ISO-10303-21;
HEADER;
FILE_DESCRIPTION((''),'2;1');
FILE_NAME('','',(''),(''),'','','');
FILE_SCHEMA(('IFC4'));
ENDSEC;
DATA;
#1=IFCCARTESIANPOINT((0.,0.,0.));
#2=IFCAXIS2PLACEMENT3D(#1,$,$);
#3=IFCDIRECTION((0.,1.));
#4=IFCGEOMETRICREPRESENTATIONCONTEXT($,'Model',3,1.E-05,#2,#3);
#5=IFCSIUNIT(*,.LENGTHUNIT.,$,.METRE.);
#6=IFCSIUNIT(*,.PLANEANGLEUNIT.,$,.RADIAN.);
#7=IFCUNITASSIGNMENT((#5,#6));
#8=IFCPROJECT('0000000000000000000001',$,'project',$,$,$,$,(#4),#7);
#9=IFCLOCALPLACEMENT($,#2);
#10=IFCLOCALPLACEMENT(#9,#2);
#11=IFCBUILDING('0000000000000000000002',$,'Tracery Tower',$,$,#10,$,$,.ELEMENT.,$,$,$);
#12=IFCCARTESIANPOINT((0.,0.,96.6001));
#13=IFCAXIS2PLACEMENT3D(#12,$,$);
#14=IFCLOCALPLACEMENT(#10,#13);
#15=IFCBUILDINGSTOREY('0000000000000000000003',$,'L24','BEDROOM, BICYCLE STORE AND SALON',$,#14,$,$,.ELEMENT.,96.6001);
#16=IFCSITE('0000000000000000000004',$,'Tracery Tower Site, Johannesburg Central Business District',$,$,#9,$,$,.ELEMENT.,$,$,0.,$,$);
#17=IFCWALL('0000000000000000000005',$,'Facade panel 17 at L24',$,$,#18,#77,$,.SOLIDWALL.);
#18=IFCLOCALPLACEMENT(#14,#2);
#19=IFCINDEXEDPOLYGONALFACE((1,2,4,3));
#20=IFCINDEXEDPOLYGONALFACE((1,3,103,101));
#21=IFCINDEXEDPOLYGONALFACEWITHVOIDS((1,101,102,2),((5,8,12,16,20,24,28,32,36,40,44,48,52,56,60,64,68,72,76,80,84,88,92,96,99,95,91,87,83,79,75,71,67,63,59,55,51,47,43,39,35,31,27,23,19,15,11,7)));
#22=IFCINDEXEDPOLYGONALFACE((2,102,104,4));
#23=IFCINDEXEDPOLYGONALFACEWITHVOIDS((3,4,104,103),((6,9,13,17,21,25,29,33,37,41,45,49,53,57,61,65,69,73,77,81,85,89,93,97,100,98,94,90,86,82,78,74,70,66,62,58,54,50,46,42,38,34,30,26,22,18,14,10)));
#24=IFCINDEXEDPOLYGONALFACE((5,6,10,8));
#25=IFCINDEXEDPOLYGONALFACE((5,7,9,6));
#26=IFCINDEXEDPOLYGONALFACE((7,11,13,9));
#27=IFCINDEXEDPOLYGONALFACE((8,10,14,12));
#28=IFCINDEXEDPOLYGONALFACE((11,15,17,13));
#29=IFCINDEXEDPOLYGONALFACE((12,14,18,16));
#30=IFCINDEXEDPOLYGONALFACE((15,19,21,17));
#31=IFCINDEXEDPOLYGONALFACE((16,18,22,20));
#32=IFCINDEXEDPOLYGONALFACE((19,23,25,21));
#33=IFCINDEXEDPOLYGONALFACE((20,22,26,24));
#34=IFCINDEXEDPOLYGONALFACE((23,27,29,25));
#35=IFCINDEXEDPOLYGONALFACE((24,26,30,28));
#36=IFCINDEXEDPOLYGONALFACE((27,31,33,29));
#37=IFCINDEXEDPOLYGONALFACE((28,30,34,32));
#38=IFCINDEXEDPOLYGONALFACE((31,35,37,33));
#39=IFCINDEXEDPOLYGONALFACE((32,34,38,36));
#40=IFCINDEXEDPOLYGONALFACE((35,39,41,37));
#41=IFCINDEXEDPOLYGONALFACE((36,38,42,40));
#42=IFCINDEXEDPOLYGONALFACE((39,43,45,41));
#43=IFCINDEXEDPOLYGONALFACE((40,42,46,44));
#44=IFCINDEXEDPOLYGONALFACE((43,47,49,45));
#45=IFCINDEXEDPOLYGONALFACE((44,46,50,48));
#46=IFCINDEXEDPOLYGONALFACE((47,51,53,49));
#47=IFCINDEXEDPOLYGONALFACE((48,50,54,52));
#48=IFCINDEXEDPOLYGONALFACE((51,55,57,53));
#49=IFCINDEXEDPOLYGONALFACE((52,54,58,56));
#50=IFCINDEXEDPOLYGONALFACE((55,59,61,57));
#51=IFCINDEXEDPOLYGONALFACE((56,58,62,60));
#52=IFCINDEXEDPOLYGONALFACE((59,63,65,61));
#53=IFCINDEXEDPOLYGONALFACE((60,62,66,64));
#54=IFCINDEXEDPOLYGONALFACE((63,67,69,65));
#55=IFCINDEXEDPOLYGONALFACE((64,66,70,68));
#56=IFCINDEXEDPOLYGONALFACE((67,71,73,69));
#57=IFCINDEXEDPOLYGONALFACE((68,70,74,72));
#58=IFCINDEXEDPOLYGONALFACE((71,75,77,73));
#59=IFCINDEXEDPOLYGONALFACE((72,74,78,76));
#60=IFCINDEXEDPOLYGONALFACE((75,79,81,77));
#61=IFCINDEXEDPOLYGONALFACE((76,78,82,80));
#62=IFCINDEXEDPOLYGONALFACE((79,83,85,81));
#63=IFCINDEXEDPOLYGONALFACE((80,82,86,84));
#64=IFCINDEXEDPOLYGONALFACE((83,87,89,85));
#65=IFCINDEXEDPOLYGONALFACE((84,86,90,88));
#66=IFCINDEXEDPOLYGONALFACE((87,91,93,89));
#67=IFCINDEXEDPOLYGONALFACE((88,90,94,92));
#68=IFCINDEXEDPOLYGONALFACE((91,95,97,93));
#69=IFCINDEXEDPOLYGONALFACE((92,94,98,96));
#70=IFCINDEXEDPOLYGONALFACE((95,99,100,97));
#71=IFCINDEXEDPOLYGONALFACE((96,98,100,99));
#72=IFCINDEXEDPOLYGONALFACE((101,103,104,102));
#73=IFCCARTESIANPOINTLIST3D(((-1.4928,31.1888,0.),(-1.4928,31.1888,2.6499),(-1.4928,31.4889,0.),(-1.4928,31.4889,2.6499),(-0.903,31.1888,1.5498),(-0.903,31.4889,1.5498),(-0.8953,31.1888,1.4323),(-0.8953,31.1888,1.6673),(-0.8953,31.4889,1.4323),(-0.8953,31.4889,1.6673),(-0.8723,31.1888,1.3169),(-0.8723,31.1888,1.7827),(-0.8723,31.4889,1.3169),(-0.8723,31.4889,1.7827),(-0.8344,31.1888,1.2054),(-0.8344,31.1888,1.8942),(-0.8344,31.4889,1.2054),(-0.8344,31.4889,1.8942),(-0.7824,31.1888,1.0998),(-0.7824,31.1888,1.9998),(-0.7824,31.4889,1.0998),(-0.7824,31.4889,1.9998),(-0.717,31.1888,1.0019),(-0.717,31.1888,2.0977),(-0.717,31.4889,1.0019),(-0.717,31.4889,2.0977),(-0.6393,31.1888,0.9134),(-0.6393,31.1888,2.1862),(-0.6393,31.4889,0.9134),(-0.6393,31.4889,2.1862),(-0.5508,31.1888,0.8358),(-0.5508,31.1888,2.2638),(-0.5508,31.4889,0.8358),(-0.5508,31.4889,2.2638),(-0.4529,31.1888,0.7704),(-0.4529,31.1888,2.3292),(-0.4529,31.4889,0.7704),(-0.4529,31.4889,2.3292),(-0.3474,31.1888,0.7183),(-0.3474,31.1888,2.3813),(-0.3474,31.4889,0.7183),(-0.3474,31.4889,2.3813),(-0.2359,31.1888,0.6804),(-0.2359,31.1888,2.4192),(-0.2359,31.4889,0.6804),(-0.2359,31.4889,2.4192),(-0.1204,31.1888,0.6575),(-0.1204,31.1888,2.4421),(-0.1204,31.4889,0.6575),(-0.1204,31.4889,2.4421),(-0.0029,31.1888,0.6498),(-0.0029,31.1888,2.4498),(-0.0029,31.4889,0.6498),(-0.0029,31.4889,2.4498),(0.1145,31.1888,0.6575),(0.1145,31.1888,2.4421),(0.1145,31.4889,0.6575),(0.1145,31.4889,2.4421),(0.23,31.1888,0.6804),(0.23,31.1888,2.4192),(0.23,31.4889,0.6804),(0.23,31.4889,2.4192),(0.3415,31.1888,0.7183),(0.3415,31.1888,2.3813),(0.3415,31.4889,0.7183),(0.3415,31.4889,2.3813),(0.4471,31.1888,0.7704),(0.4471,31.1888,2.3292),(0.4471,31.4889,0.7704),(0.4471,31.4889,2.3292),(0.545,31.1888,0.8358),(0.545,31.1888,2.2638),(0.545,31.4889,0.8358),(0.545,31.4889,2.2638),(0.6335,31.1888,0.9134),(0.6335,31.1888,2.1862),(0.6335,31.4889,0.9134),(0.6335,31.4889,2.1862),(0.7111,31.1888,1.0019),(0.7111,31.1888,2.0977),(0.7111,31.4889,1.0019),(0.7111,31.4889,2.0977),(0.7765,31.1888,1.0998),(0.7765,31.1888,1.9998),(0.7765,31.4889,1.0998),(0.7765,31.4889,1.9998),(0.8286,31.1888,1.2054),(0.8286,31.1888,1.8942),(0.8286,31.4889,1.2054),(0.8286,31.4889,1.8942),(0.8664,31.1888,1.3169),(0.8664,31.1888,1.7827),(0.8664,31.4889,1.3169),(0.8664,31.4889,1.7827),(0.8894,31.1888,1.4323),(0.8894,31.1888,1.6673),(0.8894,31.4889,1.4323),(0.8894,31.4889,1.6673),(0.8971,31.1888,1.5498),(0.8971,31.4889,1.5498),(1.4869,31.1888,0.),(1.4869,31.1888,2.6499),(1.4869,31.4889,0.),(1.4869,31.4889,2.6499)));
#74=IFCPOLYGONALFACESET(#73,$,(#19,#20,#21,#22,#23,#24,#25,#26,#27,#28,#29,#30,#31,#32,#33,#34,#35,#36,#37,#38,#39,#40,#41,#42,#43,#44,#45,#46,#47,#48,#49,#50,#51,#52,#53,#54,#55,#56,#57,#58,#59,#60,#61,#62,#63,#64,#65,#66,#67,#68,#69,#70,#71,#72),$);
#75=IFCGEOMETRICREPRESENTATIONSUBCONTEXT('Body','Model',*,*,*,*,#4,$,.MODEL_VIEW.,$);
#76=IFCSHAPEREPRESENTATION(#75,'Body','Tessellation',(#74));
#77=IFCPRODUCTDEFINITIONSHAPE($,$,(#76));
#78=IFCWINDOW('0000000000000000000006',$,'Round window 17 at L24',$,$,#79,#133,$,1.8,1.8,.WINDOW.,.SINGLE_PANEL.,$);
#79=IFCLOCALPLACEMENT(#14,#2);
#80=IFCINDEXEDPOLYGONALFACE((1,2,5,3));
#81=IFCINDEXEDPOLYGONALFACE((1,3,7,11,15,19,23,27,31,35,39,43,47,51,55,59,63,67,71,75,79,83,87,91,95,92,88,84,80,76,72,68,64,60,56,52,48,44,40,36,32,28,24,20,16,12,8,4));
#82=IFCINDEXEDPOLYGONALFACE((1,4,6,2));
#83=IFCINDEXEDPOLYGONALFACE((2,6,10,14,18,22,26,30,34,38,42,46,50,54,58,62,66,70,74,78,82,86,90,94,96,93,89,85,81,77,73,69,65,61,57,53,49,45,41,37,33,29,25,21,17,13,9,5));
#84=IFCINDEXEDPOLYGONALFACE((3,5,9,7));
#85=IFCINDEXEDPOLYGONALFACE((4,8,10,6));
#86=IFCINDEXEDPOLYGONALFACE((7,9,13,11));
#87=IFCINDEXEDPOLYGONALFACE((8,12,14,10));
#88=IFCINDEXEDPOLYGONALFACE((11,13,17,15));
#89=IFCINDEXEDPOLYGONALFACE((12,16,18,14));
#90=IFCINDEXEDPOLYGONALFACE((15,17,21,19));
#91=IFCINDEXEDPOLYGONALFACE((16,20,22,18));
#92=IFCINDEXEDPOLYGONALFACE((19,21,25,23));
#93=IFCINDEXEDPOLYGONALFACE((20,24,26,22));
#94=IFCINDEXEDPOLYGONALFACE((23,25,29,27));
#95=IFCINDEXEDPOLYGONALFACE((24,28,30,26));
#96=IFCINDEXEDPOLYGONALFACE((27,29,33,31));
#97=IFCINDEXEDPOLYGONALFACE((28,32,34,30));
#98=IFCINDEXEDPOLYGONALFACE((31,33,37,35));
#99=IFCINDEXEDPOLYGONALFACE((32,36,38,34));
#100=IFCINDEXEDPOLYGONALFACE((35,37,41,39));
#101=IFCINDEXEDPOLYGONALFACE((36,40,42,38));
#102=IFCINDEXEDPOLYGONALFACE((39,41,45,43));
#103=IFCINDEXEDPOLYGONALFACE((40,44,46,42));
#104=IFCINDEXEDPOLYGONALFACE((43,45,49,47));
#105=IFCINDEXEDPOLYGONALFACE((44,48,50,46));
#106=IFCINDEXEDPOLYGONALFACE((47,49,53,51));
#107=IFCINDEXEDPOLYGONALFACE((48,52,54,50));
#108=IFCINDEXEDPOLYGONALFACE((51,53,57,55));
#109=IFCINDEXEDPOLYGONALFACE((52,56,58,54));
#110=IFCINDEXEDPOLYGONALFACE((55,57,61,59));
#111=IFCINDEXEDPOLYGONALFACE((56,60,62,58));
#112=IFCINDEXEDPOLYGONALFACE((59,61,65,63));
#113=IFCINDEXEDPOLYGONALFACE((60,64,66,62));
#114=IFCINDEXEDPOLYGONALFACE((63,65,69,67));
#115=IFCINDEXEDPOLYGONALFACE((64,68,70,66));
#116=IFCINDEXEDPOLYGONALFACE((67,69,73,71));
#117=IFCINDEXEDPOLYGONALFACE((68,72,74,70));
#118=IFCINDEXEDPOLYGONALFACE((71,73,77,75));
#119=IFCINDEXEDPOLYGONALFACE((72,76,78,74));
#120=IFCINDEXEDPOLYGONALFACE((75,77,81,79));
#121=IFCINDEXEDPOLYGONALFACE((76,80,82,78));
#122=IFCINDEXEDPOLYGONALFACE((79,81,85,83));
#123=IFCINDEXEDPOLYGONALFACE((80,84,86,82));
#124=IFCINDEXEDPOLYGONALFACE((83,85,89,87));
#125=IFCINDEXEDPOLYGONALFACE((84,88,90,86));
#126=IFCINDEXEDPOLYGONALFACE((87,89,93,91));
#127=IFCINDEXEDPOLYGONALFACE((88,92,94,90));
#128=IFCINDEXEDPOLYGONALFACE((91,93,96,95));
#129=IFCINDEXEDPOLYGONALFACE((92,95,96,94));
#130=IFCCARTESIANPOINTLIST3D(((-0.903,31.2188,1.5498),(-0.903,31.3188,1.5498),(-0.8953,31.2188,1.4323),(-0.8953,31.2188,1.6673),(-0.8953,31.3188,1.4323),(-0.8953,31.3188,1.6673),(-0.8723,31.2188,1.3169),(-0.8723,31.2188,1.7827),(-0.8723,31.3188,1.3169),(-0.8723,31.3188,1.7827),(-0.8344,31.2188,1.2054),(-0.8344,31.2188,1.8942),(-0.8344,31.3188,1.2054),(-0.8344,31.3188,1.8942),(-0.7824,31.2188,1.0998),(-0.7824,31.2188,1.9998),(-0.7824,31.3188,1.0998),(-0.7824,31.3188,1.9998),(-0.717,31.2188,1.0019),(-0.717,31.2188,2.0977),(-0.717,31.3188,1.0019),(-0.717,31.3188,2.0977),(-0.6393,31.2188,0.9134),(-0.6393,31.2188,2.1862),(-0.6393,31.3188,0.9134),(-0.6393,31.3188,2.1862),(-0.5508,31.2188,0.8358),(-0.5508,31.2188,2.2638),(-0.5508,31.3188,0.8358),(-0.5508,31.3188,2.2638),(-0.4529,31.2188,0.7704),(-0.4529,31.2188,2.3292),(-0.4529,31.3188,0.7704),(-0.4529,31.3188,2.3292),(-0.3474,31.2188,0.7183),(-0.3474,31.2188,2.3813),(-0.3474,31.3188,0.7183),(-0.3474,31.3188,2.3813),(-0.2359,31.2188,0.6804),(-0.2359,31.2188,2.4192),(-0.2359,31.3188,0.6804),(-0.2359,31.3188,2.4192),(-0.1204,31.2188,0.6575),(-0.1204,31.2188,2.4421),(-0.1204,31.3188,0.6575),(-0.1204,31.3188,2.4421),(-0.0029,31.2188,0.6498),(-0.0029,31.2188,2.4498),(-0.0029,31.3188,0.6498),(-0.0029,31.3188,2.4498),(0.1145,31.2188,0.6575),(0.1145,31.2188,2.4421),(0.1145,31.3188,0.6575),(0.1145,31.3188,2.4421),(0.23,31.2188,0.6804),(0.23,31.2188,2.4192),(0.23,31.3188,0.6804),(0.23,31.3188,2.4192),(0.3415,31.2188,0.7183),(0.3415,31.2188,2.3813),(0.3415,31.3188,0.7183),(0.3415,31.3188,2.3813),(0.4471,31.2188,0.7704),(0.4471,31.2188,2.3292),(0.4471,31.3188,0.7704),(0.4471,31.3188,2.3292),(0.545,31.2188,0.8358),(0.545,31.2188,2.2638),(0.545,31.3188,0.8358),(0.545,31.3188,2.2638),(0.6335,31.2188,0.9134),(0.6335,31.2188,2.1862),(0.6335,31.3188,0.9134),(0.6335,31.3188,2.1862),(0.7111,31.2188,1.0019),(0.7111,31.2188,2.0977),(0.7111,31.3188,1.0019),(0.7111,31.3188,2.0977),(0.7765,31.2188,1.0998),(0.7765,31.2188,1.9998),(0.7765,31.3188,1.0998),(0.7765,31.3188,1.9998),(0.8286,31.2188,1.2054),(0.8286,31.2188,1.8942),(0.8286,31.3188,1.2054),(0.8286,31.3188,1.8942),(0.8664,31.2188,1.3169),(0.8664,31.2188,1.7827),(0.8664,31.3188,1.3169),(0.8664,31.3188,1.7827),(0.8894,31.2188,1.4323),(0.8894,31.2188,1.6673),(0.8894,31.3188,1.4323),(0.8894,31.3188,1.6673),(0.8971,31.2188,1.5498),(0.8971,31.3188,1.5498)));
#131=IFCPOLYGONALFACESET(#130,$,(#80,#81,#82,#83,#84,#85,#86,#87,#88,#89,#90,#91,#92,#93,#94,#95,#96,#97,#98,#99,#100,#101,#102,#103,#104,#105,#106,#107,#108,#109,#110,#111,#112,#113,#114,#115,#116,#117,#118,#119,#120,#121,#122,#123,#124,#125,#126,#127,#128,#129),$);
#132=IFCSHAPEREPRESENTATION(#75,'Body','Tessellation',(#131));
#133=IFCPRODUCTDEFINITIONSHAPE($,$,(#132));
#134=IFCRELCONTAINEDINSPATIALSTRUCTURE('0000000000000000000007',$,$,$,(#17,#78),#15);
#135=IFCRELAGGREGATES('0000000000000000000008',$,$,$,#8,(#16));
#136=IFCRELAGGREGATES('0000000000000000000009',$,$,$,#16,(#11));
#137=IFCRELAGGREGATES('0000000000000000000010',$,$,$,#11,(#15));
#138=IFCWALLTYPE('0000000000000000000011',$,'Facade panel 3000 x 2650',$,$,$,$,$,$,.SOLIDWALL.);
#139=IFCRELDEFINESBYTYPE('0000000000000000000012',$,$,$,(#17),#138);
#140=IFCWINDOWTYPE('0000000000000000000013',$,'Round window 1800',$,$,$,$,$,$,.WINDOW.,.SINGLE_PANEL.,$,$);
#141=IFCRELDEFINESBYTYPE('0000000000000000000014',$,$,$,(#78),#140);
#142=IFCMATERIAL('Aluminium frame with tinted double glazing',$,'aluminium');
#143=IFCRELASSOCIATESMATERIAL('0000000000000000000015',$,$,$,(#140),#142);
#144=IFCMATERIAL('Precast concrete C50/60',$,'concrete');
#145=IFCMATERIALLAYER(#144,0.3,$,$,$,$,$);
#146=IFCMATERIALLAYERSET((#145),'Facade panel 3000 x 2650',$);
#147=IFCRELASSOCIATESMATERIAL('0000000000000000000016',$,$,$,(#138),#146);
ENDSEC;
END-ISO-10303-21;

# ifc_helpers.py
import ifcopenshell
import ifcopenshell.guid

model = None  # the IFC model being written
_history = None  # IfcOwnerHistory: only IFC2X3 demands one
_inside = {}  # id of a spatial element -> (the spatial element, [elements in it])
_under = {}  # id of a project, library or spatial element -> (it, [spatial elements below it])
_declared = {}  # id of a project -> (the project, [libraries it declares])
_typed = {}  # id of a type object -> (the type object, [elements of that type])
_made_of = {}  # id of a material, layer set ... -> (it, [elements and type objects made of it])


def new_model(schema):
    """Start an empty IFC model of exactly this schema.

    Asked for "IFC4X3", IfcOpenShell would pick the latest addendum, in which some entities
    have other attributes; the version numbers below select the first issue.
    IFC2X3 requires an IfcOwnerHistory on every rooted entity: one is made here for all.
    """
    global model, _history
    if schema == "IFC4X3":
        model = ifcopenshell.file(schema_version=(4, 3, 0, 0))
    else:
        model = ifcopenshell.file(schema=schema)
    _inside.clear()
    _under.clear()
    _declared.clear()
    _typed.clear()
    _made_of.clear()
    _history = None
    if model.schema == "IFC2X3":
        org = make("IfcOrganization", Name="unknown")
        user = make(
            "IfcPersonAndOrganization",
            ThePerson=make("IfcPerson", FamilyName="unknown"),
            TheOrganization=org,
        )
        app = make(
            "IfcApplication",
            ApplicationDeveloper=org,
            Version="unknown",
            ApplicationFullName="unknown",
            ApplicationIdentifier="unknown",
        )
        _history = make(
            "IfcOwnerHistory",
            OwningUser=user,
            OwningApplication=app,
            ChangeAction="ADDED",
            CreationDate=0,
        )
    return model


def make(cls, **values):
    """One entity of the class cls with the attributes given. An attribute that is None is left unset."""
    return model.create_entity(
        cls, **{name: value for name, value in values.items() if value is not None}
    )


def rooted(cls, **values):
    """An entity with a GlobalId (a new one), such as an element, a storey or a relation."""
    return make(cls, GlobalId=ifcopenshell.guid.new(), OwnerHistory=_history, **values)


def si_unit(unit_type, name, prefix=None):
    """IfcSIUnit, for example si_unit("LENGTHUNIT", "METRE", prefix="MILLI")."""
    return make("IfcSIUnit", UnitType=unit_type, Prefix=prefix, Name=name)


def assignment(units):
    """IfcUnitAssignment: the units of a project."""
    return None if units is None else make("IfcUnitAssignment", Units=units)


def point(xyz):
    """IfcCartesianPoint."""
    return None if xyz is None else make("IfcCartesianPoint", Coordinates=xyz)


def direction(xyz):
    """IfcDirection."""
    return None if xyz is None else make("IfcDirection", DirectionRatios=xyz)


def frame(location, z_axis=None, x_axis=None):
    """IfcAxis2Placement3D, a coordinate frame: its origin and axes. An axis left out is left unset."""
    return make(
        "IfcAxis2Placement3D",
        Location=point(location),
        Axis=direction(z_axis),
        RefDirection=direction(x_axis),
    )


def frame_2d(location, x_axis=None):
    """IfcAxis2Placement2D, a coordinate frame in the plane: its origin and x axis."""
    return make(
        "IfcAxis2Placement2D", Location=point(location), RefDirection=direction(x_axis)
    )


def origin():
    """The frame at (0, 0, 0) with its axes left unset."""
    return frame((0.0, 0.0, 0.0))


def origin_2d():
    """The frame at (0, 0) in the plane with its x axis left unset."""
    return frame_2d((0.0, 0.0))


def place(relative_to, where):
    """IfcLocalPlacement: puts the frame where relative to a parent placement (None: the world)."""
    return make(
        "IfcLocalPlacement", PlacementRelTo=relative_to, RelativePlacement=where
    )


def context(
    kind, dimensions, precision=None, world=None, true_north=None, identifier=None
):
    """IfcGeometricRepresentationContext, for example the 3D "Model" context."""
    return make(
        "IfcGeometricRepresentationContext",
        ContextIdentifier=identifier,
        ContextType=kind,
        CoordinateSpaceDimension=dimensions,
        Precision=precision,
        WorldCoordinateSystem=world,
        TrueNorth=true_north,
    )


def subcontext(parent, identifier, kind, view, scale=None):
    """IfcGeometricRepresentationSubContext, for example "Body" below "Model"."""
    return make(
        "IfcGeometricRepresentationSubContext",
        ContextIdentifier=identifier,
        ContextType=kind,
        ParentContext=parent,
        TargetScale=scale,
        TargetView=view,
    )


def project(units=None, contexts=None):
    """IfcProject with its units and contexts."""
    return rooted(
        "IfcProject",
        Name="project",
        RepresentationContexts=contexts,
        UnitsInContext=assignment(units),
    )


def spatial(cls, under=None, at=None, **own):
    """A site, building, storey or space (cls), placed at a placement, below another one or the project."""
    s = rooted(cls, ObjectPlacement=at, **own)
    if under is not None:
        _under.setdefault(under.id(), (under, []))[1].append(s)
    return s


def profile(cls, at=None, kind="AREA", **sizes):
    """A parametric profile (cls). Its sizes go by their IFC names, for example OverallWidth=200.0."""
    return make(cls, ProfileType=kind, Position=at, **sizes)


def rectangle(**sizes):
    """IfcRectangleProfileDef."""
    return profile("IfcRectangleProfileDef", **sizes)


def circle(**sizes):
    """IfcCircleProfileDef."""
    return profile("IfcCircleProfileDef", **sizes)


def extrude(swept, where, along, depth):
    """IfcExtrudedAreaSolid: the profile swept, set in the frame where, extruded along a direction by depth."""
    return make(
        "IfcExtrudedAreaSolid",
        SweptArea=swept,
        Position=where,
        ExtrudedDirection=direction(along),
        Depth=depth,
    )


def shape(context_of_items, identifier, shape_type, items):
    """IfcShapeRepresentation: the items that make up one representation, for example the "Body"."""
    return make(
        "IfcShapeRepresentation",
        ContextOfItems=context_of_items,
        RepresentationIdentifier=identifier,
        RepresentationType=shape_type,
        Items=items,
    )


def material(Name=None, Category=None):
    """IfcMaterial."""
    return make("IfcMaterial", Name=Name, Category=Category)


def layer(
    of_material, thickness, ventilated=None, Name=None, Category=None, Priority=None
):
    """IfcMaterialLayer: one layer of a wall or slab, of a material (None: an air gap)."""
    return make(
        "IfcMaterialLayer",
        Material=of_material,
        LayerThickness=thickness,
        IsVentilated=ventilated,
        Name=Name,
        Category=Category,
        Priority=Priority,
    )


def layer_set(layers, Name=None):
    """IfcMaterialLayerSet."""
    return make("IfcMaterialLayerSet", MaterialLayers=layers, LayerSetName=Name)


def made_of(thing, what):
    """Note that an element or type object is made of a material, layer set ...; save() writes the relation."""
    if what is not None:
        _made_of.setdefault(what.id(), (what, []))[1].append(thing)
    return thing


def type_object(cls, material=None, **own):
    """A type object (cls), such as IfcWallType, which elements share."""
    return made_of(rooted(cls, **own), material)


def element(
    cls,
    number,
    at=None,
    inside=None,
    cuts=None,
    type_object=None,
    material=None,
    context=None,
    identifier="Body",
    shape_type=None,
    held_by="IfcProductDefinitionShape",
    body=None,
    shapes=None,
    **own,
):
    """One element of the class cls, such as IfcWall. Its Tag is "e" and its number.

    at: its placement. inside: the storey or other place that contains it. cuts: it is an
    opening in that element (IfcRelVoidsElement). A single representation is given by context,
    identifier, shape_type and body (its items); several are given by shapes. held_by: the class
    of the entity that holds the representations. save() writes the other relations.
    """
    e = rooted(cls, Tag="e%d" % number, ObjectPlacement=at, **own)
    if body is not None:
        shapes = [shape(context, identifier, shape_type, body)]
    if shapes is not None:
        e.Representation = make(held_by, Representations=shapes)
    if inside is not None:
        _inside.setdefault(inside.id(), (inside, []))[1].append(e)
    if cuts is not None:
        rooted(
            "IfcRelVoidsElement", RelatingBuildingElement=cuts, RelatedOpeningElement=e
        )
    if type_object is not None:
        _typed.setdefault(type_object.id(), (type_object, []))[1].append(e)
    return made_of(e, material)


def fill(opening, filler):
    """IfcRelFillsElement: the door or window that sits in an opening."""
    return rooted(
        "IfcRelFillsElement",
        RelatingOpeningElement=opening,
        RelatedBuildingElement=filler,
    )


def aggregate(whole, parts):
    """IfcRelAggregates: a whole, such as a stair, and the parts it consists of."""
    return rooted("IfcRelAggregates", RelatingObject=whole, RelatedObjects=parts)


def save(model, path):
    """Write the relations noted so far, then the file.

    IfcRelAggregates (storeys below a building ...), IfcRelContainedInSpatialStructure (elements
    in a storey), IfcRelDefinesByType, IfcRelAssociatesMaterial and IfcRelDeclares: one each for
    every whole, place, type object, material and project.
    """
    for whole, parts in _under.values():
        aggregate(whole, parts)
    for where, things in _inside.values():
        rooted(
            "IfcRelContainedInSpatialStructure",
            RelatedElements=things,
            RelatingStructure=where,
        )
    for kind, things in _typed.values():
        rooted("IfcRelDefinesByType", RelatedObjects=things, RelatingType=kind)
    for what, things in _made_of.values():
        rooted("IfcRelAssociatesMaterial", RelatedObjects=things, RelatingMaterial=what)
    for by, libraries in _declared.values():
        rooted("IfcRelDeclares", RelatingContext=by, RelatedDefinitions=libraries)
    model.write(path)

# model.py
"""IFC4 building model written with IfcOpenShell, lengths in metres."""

from ifc_helpers import new_model, si_unit, direction, frame, frame_2d, origin, origin_2d, place, context, subcontext, project, spatial, rectangle, circle, extrude, material, layer, layer_set, type_object, element, fill, save


model = new_model("IFC4")

# Units and contexts
model_context = context("Model", 3, precision=1e-05, world=origin(), true_north=direction((0.0, 1.0)))
body_context = subcontext(model_context, "Body", "Model", "MODEL_VIEW")
ifc_project = project(units=[si_unit("LENGTHUNIT", "METRE"), si_unit("PLANEANGLEUNIT", "RADIAN")], contexts=[model_context])

# Site, building, storey
site_placement = place(None, origin())
site = spatial("IfcSite", under=ifc_project, at=site_placement, Name="Tracery Tower Site, Johannesburg Central Business District", CompositionType="ELEMENT", RefElevation=0.0)
building_placement = place(site_placement, origin())
building = spatial("IfcBuilding", under=site, at=building_placement, Name="Tracery Tower", CompositionType="ELEMENT")
storey_placement = place(building_placement, frame((0.0, 0.0, 96.6001)))
storey = spatial("IfcBuildingStorey", under=building, at=storey_placement, Name="L24", Description="BEDROOM, BICYCLE STORE AND SALON", CompositionType="ELEMENT", Elevation=96.6001)

# Wall, opening, window
ifc_material_1 = material(Name="Aluminium frame with tinted double glazing", Category="aluminium")
window_type = type_object("IfcWindowType", Name="Round window 1800", PartitioningType="SINGLE_PANEL", PredefinedType="WINDOW", material=ifc_material_1)
ifc_material_2 = material(Name="Precast concrete C50/60", Category="concrete")
ifc_layer_1 = layer(ifc_material_2, 0.3)
ifc_layer_set_1 = layer_set([ifc_layer_1], Name="Facade panel 3000 x 2650")
wall_type_1 = type_object("IfcWallType", Name="Facade panel 3000 x 2650", PredefinedType="SOLIDWALL", material=ifc_layer_set_1)
wall_1_placement = place(storey_placement, frame((1.4868, 31.3389, 0.0), z_axis=(0.0, 0.0, 1.0), x_axis=(-1.0, 0.0, 0.0)))
wall_1 = element("IfcWall", 1, at=wall_1_placement, inside=storey, type_object=wall_type_1, Name="Facade panel 17 at L24", PredefinedType="SOLIDWALL", context=body_context, shape_type="SweptSolid", body=[
    extrude(rectangle(XDim=2.9797, YDim=0.3, at=frame_2d((1.4897, 0.0))), origin(), (0.0, 0.0, 1.0), 2.6499),
])
opening_1_placement = place(wall_1_placement, frame((1.4897, 0.0, 1.5498)))
opening_1 = element("IfcOpeningElement", 2, at=opening_1_placement, cuts=wall_1, PredefinedType="OPENING", context=body_context, shape_type="SweptSolid", body=[
    extrude(circle(Radius=0.9, at=origin_2d()), frame((0.0, 0.1599, 0.0), z_axis=(0.0, -1.0, 0.0), x_axis=(1.0, 0.0, 0.0)), (0.0, 0.0, 1.0), 0.3201),
])
window_1_placement = place(opening_1_placement, origin())
window_1 = element("IfcWindow", 3, at=window_1_placement, inside=storey, type_object=window_type, Name="Round window 17 at L24", OverallHeight=1.8, OverallWidth=1.8, PartitioningType="SINGLE_PANEL", PredefinedType="WINDOW", context=body_context, shape_type="SweptSolid", body=[
    extrude(circle(Radius=0.9, at=origin_2d()), frame((0.0, 0.1201, 0.0), z_axis=(0.0, -1.0, 0.0), x_axis=(1.0, 0.0, 0.0)), (0.0, 0.0, 1.0), 0.1001),
])
fill(opening_1, window_1)

save(model, "model.ifc")
